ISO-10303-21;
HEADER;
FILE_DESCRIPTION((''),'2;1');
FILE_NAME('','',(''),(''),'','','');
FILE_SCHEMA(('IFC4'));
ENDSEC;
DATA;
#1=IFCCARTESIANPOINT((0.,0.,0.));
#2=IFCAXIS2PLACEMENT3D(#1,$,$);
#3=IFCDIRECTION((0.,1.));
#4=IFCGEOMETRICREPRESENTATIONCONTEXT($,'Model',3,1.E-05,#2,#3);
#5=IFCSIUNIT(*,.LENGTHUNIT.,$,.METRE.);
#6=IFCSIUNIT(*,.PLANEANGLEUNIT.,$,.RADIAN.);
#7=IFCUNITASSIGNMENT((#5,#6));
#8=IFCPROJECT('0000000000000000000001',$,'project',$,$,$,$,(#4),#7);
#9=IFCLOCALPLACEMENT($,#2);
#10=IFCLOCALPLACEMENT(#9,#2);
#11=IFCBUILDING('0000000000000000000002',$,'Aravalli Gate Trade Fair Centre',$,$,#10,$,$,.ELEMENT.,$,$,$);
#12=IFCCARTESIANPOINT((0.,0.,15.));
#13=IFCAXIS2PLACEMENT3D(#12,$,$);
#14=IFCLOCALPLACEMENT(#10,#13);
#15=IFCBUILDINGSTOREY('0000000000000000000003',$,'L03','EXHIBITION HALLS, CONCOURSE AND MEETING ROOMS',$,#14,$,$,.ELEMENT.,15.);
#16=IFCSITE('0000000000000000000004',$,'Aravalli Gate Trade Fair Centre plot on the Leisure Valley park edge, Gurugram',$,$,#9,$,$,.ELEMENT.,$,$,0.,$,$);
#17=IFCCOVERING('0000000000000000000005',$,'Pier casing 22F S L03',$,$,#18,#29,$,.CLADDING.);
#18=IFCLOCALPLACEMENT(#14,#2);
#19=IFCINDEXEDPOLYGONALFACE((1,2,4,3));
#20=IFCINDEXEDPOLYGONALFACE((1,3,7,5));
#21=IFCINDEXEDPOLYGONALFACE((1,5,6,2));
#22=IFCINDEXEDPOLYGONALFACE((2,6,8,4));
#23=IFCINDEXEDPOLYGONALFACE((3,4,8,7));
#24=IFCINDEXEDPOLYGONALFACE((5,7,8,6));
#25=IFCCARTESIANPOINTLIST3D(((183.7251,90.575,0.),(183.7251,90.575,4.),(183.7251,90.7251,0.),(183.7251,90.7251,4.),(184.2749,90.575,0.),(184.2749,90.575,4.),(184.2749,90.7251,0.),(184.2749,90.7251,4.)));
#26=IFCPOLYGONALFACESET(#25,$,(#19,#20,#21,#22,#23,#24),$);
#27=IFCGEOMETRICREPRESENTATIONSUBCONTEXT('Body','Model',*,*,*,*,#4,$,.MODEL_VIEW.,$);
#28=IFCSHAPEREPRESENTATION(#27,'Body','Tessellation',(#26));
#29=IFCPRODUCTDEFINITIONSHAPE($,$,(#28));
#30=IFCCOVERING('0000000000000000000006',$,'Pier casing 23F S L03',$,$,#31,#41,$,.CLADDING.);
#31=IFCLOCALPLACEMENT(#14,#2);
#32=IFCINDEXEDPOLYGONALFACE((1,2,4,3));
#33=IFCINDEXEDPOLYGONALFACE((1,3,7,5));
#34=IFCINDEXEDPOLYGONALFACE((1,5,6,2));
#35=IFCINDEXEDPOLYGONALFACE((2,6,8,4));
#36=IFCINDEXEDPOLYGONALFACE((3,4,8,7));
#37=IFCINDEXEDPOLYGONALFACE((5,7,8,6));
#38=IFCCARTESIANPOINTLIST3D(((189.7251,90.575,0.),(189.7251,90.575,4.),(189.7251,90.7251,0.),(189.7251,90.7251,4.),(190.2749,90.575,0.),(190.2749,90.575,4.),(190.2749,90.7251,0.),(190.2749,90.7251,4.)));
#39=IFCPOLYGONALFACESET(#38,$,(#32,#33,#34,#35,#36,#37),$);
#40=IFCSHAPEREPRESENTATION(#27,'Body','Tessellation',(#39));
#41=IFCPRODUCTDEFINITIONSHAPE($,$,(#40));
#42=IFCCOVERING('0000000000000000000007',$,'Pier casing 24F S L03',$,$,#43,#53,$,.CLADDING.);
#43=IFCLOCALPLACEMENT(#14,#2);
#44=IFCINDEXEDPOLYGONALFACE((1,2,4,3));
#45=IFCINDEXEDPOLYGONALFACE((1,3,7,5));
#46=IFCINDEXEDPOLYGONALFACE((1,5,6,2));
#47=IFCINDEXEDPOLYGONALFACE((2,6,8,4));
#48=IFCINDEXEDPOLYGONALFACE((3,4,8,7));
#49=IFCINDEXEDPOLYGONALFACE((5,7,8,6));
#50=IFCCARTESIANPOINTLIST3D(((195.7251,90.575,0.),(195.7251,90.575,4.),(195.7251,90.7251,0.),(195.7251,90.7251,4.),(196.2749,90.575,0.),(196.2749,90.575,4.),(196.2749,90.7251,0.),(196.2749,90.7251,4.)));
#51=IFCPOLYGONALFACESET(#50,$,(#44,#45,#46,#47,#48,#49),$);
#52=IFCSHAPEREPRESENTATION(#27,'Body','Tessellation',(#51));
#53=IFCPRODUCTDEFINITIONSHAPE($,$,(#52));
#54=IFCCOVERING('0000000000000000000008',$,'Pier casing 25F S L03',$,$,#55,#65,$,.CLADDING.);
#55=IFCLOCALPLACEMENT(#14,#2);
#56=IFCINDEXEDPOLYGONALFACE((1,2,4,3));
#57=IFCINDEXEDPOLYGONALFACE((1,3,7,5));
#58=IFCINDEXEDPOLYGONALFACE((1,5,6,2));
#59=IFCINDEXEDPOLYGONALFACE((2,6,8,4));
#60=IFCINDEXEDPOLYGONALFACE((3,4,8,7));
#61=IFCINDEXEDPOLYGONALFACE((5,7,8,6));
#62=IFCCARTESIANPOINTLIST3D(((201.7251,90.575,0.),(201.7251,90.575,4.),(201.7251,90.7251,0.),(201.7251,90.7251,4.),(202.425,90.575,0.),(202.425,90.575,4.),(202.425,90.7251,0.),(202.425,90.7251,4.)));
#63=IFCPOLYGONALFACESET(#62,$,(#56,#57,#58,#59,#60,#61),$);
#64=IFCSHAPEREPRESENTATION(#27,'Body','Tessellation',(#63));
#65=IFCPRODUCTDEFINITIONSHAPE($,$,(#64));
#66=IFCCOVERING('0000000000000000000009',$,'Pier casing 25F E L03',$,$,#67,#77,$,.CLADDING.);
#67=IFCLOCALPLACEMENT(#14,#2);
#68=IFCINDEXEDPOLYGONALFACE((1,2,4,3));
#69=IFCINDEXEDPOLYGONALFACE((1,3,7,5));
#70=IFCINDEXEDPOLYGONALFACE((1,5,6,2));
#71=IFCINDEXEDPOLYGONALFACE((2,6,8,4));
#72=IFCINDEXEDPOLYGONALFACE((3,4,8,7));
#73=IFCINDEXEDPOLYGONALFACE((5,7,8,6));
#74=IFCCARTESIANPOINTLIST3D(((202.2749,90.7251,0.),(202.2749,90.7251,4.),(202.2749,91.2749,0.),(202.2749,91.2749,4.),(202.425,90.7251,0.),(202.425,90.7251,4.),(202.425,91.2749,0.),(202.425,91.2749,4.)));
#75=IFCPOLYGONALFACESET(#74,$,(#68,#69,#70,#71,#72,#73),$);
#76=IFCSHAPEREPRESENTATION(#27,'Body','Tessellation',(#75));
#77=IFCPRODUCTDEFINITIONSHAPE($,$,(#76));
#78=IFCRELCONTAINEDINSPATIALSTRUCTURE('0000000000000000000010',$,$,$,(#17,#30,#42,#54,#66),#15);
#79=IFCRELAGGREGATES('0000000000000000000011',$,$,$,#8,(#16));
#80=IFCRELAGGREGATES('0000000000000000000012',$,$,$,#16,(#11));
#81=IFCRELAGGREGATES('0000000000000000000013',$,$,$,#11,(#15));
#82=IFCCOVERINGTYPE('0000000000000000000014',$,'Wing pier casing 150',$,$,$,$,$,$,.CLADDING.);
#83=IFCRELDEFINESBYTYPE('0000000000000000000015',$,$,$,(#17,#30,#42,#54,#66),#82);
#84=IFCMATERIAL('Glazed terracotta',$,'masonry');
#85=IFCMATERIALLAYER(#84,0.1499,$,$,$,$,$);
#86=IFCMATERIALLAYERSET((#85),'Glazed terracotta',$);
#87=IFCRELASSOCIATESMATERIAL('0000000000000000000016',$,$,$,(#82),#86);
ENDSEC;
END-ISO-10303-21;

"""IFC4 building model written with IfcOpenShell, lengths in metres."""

from ifc_helpers import new_model, si_unit, direction, frame, origin, place, context, subcontext, project, spatial, polyline, outline, extrude, material, layer, layer_set, type_object, element, save


model = new_model("IFC4")

# Units and contexts
model_context = context("Model", 3, precision=1e-05, world=origin(), true_north=direction((0.0, 1.0)))
body_context = subcontext(model_context, "Body", "Model", "MODEL_VIEW")
ifc_project = project(units=[si_unit("LENGTHUNIT", "METRE"), si_unit("PLANEANGLEUNIT", "RADIAN")], contexts=[model_context])

# Site, building, storey
site_placement = place(None, origin())
site = spatial("IfcSite", under=ifc_project, at=site_placement, Name="Aravalli Gate Trade Fair Centre plot on the Leisure Valley park edge, Gurugram", CompositionType="ELEMENT", RefElevation=0.0)
building_placement = place(site_placement, origin())
building = spatial("IfcBuilding", under=site, at=building_placement, Name="Aravalli Gate Trade Fair Centre", CompositionType="ELEMENT")
storey_placement = place(building_placement, frame((0.0, 0.0, 15.0)))
storey = spatial("IfcBuildingStorey", under=building, at=storey_placement, Name="L03", Description="EXHIBITION HALLS, CONCOURSE AND MEETING ROOMS", CompositionType="ELEMENT", Elevation=15.0)

# Coverings
ifc_material_1 = material(Name="Glazed terracotta", Category="masonry")
ifc_layer_1 = layer(ifc_material_1, 0.1499)
ifc_layer_set_1 = layer_set([ifc_layer_1], Name="Glazed terracotta")
covering_type_1 = type_object("IfcCoveringType", Name="Wing pier casing 150", PredefinedType="CLADDING", material=ifc_layer_set_1)
covering_1_placement = place(storey_placement, origin())
element("IfcCovering", 1, at=covering_1_placement, inside=storey, type_object=covering_type_1, Name="Pier casing 22F S L03", PredefinedType="CLADDING", context=body_context, shape_type="SweptSolid", body=[
    extrude(outline(polyline([(183.7251, 90.575), (184.2749, 90.575), (184.2749, 90.7251), (183.7251, 90.7251), (183.7251, 90.575)])), origin(), (0.0, 0.0, 1.0), 4.0),
])
covering_2_placement = place(storey_placement, origin())
element("IfcCovering", 2, at=covering_2_placement, inside=storey, type_object=covering_type_1, Name="Pier casing 23F S L03", PredefinedType="CLADDING", context=body_context, shape_type="SweptSolid", body=[
    extrude(outline(polyline([(189.7251, 90.575), (190.2749, 90.575), (190.2749, 90.7251), (189.7251, 90.7251), (189.7251, 90.575)])), origin(), (0.0, 0.0, 1.0), 4.0),
])
covering_3_placement = place(storey_placement, origin())
element("IfcCovering", 3, at=covering_3_placement, inside=storey, type_object=covering_type_1, Name="Pier casing 24F S L03", PredefinedType="CLADDING", context=body_context, shape_type="SweptSolid", body=[
    extrude(outline(polyline([(195.7251, 90.575), (196.2749, 90.575), (196.2749, 90.7251), (195.7251, 90.7251), (195.7251, 90.575)])), origin(), (0.0, 0.0, 1.0), 4.0),
])
covering_4_placement = place(storey_placement, origin())
element("IfcCovering", 4, at=covering_4_placement, inside=storey, type_object=covering_type_1, Name="Pier casing 25F S L03", PredefinedType="CLADDING", context=body_context, shape_type="SweptSolid", body=[
    extrude(outline(polyline([(201.7251, 90.575), (202.425, 90.575), (202.425, 90.7251), (201.7251, 90.7251), (201.7251, 90.575)])), origin(), (0.0, 0.0, 1.0), 4.0),
])
covering_5_placement = place(storey_placement, origin())
element("IfcCovering", 5, at=covering_5_placement, inside=storey, type_object=covering_type_1, Name="Pier casing 25F E L03", PredefinedType="CLADDING", context=body_context, shape_type="SweptSolid", body=[
    extrude(outline(polyline([(202.2749, 90.7251), (202.425, 90.7251), (202.425, 91.2749), (202.2749, 91.2749), (202.2749, 90.7251)])), origin(), (0.0, 0.0, 1.0), 4.0),
])

save(model, "model.ifc")
